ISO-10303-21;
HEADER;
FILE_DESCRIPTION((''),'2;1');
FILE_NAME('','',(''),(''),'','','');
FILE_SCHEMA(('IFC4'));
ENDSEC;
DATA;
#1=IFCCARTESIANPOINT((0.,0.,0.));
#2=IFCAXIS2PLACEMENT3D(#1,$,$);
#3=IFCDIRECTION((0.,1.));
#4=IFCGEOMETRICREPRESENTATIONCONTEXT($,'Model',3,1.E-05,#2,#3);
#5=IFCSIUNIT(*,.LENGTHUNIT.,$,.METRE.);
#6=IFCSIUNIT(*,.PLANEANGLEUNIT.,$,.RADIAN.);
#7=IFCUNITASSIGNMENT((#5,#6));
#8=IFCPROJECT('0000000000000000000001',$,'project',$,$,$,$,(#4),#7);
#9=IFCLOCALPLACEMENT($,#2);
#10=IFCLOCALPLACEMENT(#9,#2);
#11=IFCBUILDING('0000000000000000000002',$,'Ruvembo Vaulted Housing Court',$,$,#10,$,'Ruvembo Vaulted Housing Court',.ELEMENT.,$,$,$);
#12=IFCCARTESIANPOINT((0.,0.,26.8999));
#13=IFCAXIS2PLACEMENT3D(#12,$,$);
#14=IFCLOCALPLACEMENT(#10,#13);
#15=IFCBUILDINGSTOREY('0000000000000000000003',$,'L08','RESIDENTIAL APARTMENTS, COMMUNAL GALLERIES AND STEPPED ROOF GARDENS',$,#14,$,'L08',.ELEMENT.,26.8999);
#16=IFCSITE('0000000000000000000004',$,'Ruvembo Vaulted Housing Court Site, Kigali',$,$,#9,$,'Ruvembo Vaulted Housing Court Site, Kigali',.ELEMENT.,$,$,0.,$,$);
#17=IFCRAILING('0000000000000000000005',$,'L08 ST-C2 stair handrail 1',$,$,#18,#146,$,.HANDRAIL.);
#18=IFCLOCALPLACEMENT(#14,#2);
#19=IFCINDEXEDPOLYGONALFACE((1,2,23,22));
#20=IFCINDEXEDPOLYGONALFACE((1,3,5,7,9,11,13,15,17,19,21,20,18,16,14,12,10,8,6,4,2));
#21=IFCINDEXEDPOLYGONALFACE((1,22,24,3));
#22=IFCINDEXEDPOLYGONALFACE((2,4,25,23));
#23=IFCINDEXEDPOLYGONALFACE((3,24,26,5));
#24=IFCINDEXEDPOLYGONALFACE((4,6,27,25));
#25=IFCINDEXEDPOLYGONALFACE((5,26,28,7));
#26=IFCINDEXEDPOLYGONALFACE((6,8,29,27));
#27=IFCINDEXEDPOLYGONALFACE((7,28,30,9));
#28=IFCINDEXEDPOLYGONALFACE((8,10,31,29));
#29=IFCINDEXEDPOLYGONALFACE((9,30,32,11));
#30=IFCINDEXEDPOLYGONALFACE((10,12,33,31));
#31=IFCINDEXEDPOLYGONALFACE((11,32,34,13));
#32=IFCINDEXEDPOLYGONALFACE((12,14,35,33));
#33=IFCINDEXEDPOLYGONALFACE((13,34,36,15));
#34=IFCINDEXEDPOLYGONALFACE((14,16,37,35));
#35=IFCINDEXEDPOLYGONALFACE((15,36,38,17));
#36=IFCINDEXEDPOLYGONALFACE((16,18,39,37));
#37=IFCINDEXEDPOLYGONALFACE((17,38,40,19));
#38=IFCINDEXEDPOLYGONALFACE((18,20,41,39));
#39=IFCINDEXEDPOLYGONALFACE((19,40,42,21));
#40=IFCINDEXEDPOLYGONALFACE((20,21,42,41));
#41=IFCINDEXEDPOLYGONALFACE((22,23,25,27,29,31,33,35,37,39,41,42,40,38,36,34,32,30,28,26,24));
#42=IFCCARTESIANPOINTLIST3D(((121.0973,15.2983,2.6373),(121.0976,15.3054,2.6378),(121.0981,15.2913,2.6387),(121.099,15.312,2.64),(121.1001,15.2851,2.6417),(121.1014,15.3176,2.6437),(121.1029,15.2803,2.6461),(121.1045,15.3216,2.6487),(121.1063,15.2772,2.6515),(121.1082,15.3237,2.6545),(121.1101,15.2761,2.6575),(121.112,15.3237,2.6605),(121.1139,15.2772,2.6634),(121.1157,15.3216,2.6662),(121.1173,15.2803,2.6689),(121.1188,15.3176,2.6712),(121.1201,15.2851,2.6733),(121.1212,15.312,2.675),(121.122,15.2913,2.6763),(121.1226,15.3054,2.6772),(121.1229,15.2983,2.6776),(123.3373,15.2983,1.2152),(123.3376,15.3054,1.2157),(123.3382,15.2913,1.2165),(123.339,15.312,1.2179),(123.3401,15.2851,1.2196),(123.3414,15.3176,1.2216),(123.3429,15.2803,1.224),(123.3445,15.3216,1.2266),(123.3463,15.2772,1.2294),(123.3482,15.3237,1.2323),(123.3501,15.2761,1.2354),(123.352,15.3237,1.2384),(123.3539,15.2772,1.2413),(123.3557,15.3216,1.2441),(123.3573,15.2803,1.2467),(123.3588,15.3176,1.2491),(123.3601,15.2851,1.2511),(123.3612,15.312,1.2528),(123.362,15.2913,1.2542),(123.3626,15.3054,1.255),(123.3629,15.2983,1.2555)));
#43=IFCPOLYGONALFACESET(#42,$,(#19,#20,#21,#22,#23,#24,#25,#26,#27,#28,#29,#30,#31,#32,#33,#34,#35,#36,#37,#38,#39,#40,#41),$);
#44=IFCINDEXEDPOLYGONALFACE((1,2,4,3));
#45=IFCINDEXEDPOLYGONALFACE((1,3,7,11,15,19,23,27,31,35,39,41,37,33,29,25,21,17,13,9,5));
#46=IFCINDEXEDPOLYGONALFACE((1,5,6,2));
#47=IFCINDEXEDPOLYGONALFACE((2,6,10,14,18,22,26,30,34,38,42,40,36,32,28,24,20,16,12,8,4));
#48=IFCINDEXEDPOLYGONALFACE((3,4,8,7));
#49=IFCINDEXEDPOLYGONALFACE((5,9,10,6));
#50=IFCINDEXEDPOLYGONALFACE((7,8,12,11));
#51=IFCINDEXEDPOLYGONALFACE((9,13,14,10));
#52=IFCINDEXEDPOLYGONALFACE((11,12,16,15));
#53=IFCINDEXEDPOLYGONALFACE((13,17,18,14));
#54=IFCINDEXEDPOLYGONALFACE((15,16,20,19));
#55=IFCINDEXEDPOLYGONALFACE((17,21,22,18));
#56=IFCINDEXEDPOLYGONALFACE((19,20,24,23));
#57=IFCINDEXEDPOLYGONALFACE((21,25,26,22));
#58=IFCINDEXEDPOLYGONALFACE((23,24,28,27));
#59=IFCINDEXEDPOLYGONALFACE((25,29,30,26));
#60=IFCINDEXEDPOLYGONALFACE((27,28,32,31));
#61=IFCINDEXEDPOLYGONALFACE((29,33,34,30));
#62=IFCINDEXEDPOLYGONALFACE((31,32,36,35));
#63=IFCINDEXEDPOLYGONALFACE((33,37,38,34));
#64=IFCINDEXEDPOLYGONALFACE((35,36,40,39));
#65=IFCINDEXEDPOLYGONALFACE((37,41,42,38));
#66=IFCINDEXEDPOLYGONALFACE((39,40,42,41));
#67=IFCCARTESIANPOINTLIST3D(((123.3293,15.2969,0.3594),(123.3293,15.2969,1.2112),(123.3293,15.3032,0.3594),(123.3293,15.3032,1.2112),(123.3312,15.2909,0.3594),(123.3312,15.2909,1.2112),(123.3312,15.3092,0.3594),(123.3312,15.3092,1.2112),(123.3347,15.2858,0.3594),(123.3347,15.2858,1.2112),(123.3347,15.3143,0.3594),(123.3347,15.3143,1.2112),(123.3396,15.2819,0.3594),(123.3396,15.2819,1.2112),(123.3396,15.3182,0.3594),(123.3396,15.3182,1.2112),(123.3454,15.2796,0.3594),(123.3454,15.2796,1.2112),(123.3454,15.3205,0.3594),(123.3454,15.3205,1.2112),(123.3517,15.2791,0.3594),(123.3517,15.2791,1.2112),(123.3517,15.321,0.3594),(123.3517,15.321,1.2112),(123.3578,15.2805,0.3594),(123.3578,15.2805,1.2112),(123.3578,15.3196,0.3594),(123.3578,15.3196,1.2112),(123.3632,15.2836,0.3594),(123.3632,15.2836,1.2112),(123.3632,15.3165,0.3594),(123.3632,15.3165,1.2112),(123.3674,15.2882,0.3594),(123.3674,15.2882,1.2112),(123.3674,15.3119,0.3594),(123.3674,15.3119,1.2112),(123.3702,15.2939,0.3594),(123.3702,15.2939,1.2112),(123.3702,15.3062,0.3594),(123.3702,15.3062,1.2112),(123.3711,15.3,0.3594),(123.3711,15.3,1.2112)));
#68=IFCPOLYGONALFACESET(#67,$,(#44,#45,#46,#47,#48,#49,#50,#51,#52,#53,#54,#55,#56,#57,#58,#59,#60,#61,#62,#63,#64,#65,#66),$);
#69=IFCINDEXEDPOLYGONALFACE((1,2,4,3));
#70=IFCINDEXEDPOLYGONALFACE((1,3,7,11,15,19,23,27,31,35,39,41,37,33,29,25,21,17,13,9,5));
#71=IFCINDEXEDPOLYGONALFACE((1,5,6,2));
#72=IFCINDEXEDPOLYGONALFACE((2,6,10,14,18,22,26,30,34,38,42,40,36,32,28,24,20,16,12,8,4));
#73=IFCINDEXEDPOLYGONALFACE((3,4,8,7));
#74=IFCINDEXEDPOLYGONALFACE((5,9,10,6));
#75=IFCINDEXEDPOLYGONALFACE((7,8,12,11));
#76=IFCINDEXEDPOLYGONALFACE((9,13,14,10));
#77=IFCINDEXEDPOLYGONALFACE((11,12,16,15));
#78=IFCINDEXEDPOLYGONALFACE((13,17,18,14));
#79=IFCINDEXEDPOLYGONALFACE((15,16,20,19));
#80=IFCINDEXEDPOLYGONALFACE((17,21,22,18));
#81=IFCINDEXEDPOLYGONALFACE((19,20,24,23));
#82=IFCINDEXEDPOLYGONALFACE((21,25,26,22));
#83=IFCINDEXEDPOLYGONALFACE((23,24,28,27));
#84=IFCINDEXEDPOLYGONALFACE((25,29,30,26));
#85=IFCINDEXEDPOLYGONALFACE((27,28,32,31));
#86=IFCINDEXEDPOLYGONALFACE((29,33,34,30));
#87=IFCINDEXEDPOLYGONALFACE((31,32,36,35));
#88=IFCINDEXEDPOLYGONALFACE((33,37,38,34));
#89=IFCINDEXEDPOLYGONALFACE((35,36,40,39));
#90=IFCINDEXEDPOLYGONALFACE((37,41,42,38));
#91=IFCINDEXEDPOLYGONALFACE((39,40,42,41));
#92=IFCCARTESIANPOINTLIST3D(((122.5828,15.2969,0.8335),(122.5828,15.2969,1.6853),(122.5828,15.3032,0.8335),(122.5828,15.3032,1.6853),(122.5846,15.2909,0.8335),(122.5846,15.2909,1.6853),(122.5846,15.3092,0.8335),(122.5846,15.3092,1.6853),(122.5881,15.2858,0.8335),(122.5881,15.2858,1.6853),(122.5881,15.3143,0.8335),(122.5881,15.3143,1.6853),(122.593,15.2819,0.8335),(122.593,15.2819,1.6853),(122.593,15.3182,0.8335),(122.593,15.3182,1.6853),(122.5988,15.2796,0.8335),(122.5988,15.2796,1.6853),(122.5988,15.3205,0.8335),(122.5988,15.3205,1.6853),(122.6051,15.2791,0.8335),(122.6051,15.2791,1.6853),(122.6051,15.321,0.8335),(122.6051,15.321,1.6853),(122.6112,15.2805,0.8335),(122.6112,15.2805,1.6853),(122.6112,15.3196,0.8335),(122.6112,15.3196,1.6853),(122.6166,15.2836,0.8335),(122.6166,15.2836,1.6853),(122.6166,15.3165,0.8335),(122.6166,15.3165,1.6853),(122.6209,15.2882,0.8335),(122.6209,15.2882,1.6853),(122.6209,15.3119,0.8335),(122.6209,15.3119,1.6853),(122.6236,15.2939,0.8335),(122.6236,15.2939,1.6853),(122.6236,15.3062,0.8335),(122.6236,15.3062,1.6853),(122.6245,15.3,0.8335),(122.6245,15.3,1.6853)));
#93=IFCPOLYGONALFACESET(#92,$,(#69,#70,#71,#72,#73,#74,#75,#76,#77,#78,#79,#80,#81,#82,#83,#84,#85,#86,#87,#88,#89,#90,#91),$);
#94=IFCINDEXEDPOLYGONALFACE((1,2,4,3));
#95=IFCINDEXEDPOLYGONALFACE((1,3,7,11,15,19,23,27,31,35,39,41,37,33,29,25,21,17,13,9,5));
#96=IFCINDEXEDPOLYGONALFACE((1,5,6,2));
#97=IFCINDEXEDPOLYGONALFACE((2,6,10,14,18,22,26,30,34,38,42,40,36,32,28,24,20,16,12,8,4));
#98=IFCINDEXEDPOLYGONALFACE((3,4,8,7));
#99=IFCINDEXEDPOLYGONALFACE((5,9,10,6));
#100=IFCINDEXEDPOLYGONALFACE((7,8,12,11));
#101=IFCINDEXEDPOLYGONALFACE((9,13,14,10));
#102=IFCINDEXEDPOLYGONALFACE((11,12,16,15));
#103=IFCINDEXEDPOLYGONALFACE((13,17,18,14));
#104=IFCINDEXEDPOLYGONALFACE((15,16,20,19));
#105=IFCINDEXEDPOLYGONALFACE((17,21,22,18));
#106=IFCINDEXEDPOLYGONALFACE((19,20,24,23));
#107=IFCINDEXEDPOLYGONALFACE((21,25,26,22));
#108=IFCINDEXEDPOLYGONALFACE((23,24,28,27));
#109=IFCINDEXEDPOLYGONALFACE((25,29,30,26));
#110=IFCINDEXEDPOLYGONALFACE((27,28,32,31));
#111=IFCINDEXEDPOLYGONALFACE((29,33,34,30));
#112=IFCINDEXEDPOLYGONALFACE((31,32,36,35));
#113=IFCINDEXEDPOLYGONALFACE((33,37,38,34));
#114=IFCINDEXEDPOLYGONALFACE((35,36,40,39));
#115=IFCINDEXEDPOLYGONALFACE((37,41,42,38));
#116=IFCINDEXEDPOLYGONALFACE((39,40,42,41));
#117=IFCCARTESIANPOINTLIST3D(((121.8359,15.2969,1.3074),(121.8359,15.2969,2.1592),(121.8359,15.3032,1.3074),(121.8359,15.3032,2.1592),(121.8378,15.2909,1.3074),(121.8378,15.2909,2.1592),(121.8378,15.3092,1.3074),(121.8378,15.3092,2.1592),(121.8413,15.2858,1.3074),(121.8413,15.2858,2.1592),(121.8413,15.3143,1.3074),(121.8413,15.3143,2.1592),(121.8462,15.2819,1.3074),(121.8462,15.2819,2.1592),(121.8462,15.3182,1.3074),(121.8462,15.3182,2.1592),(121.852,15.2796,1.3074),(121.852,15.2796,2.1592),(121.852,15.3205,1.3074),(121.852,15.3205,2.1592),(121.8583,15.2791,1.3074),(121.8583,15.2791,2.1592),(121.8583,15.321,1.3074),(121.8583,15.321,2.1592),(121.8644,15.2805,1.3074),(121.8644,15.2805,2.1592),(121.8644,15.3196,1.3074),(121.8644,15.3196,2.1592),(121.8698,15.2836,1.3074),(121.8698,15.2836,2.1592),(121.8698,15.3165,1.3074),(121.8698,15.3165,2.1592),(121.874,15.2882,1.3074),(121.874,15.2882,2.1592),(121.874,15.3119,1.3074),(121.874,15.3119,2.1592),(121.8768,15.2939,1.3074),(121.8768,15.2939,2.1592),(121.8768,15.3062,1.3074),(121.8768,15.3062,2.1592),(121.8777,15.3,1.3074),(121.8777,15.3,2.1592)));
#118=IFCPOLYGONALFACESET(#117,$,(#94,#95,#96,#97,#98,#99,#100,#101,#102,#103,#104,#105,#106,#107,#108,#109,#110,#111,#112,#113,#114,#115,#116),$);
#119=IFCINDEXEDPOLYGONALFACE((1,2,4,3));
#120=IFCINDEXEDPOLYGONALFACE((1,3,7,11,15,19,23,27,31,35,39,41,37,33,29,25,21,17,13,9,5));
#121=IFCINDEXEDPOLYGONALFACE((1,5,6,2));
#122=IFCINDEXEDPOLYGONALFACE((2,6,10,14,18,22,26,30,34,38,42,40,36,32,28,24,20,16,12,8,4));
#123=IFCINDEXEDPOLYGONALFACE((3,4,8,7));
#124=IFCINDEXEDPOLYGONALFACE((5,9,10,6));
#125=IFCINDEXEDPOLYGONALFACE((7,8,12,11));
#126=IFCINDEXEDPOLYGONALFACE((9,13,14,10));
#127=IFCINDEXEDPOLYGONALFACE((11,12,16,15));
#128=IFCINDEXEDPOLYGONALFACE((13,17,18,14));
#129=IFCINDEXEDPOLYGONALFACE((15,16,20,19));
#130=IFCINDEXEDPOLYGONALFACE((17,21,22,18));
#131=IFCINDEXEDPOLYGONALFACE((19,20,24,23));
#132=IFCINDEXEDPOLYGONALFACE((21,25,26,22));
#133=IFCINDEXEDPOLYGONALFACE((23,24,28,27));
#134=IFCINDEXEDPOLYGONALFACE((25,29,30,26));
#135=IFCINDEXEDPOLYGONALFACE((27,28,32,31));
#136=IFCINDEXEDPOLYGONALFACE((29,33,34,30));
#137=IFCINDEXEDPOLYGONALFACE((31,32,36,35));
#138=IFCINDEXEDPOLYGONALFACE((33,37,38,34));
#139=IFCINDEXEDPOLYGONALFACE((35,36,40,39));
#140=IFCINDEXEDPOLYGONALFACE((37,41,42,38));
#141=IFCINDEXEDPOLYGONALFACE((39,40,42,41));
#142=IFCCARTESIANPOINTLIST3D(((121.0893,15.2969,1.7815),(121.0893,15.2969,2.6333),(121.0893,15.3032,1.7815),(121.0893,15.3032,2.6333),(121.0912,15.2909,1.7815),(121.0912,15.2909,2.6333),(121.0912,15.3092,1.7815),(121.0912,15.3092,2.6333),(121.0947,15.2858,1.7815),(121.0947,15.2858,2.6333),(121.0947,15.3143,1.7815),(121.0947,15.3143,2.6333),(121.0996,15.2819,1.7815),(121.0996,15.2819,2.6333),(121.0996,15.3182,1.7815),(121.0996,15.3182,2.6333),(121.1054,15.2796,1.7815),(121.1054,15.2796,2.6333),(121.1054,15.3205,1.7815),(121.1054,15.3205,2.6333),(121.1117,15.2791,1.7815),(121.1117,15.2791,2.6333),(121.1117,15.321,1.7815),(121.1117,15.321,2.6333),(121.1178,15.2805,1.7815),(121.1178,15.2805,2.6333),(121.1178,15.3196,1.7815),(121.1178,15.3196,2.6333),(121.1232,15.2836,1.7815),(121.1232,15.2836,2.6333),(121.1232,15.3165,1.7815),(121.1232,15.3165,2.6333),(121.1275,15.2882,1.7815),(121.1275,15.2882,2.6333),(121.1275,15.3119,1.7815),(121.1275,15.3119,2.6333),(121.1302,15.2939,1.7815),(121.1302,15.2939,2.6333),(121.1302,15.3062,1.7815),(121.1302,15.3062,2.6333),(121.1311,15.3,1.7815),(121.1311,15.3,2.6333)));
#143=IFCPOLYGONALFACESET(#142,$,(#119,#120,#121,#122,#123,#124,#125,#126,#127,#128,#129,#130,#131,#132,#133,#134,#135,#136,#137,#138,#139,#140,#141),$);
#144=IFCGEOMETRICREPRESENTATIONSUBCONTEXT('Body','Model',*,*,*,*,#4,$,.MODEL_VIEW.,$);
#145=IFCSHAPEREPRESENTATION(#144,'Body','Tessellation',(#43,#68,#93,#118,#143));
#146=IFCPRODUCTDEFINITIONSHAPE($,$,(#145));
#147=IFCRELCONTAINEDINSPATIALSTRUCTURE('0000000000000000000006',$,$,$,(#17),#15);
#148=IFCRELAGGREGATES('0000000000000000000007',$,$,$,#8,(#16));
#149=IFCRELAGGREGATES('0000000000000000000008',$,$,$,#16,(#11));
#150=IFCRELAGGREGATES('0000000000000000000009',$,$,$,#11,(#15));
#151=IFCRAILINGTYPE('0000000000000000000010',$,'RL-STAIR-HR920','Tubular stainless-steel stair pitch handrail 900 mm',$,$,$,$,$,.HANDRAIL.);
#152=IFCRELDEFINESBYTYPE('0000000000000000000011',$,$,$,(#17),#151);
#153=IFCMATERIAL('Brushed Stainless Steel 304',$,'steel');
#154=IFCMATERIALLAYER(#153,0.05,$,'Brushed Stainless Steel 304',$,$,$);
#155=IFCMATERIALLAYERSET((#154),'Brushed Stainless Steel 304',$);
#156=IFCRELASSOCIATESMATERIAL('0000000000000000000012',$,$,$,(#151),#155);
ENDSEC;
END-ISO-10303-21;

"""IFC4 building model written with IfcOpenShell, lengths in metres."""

from ifc_helpers import new_model, si_unit, direction, frame, origin, origin_2d, place, context, subcontext, project, spatial, circle, extrude, material, layer, layer_set, type_object, element, save


model = new_model("IFC4")

# Units and contexts
model_context = context("Model", 3, precision=1e-05, world=origin(), true_north=direction((0.0, 1.0)))
body_context = subcontext(model_context, "Body", "Model", "MODEL_VIEW")
ifc_project = project(units=[si_unit("LENGTHUNIT", "METRE"), si_unit("PLANEANGLEUNIT", "RADIAN")], contexts=[model_context])

# Site, building, storey
site_placement = place(None, origin())
site = spatial("IfcSite", under=ifc_project, at=site_placement, Name="Ruvembo Vaulted Housing Court Site, Kigali", LongName="Ruvembo Vaulted Housing Court Site, Kigali", CompositionType="ELEMENT", RefElevation=0.0)
building_placement = place(site_placement, origin())
building = spatial("IfcBuilding", under=site, at=building_placement, Name="Ruvembo Vaulted Housing Court", LongName="Ruvembo Vaulted Housing Court", CompositionType="ELEMENT")
storey_placement = place(building_placement, frame((0.0, 0.0, 26.8999)))
storey = spatial("IfcBuildingStorey", under=building, at=storey_placement, Name="L08", Description="RESIDENTIAL APARTMENTS, COMMUNAL GALLERIES AND STEPPED ROOF GARDENS", LongName="L08", CompositionType="ELEMENT", Elevation=26.8999)

# Shared definitions
ifc_material_1 = material(Name="Brushed Stainless Steel 304", Category="steel")

# Railing
ifc_layer_1 = layer(ifc_material_1, 0.05, Name="Brushed Stainless Steel 304")
ifc_layer_set_1 = layer_set([ifc_layer_1], Name="Brushed Stainless Steel 304")
railing_type_1 = type_object("IfcRailingType", Name="RL-STAIR-HR920", Description="Tubular stainless-steel stair pitch handrail 900 mm", PredefinedType="HANDRAIL", material=ifc_layer_set_1)
railing_1_placement = place(storey_placement, frame((123.3501, 15.3, 0.3594)))
element("IfcRailing", 1, at=railing_1_placement, inside=storey, type_object=railing_type_1, Name="L08 ST-C2 stair handrail 1", PredefinedType="HANDRAIL", context=body_context, shape_type="SweptSolid", body=[
    extrude(circle(Radius=0.0239, at=origin_2d()), frame((0.0, 0.0, 0.876), z_axis=(-0.844229, 0.0, 0.535982), x_axis=(0.0, -1.0, 0.0)), (0.0, 0.0, 1.0), 2.6533),
    extrude(circle(Radius=0.021, at=origin_2d()), origin(), (0.0, 0.0, 1.0), 0.8518),
    extrude(circle(Radius=0.021, at=origin_2d()), frame((-0.7466, 0.0, 0.4741)), (0.0, 0.0, 1.0), 0.8518),
    extrude(circle(Radius=0.021, at=origin_2d()), frame((-1.4934, 0.0, 0.948)), (0.0, 0.0, 1.0), 0.8518),
    extrude(circle(Radius=0.021, at=origin_2d()), frame((-2.24, 0.0, 1.4221)), (0.0, 0.0, 1.0), 0.8518),
])

save(model, "model.ifc")
